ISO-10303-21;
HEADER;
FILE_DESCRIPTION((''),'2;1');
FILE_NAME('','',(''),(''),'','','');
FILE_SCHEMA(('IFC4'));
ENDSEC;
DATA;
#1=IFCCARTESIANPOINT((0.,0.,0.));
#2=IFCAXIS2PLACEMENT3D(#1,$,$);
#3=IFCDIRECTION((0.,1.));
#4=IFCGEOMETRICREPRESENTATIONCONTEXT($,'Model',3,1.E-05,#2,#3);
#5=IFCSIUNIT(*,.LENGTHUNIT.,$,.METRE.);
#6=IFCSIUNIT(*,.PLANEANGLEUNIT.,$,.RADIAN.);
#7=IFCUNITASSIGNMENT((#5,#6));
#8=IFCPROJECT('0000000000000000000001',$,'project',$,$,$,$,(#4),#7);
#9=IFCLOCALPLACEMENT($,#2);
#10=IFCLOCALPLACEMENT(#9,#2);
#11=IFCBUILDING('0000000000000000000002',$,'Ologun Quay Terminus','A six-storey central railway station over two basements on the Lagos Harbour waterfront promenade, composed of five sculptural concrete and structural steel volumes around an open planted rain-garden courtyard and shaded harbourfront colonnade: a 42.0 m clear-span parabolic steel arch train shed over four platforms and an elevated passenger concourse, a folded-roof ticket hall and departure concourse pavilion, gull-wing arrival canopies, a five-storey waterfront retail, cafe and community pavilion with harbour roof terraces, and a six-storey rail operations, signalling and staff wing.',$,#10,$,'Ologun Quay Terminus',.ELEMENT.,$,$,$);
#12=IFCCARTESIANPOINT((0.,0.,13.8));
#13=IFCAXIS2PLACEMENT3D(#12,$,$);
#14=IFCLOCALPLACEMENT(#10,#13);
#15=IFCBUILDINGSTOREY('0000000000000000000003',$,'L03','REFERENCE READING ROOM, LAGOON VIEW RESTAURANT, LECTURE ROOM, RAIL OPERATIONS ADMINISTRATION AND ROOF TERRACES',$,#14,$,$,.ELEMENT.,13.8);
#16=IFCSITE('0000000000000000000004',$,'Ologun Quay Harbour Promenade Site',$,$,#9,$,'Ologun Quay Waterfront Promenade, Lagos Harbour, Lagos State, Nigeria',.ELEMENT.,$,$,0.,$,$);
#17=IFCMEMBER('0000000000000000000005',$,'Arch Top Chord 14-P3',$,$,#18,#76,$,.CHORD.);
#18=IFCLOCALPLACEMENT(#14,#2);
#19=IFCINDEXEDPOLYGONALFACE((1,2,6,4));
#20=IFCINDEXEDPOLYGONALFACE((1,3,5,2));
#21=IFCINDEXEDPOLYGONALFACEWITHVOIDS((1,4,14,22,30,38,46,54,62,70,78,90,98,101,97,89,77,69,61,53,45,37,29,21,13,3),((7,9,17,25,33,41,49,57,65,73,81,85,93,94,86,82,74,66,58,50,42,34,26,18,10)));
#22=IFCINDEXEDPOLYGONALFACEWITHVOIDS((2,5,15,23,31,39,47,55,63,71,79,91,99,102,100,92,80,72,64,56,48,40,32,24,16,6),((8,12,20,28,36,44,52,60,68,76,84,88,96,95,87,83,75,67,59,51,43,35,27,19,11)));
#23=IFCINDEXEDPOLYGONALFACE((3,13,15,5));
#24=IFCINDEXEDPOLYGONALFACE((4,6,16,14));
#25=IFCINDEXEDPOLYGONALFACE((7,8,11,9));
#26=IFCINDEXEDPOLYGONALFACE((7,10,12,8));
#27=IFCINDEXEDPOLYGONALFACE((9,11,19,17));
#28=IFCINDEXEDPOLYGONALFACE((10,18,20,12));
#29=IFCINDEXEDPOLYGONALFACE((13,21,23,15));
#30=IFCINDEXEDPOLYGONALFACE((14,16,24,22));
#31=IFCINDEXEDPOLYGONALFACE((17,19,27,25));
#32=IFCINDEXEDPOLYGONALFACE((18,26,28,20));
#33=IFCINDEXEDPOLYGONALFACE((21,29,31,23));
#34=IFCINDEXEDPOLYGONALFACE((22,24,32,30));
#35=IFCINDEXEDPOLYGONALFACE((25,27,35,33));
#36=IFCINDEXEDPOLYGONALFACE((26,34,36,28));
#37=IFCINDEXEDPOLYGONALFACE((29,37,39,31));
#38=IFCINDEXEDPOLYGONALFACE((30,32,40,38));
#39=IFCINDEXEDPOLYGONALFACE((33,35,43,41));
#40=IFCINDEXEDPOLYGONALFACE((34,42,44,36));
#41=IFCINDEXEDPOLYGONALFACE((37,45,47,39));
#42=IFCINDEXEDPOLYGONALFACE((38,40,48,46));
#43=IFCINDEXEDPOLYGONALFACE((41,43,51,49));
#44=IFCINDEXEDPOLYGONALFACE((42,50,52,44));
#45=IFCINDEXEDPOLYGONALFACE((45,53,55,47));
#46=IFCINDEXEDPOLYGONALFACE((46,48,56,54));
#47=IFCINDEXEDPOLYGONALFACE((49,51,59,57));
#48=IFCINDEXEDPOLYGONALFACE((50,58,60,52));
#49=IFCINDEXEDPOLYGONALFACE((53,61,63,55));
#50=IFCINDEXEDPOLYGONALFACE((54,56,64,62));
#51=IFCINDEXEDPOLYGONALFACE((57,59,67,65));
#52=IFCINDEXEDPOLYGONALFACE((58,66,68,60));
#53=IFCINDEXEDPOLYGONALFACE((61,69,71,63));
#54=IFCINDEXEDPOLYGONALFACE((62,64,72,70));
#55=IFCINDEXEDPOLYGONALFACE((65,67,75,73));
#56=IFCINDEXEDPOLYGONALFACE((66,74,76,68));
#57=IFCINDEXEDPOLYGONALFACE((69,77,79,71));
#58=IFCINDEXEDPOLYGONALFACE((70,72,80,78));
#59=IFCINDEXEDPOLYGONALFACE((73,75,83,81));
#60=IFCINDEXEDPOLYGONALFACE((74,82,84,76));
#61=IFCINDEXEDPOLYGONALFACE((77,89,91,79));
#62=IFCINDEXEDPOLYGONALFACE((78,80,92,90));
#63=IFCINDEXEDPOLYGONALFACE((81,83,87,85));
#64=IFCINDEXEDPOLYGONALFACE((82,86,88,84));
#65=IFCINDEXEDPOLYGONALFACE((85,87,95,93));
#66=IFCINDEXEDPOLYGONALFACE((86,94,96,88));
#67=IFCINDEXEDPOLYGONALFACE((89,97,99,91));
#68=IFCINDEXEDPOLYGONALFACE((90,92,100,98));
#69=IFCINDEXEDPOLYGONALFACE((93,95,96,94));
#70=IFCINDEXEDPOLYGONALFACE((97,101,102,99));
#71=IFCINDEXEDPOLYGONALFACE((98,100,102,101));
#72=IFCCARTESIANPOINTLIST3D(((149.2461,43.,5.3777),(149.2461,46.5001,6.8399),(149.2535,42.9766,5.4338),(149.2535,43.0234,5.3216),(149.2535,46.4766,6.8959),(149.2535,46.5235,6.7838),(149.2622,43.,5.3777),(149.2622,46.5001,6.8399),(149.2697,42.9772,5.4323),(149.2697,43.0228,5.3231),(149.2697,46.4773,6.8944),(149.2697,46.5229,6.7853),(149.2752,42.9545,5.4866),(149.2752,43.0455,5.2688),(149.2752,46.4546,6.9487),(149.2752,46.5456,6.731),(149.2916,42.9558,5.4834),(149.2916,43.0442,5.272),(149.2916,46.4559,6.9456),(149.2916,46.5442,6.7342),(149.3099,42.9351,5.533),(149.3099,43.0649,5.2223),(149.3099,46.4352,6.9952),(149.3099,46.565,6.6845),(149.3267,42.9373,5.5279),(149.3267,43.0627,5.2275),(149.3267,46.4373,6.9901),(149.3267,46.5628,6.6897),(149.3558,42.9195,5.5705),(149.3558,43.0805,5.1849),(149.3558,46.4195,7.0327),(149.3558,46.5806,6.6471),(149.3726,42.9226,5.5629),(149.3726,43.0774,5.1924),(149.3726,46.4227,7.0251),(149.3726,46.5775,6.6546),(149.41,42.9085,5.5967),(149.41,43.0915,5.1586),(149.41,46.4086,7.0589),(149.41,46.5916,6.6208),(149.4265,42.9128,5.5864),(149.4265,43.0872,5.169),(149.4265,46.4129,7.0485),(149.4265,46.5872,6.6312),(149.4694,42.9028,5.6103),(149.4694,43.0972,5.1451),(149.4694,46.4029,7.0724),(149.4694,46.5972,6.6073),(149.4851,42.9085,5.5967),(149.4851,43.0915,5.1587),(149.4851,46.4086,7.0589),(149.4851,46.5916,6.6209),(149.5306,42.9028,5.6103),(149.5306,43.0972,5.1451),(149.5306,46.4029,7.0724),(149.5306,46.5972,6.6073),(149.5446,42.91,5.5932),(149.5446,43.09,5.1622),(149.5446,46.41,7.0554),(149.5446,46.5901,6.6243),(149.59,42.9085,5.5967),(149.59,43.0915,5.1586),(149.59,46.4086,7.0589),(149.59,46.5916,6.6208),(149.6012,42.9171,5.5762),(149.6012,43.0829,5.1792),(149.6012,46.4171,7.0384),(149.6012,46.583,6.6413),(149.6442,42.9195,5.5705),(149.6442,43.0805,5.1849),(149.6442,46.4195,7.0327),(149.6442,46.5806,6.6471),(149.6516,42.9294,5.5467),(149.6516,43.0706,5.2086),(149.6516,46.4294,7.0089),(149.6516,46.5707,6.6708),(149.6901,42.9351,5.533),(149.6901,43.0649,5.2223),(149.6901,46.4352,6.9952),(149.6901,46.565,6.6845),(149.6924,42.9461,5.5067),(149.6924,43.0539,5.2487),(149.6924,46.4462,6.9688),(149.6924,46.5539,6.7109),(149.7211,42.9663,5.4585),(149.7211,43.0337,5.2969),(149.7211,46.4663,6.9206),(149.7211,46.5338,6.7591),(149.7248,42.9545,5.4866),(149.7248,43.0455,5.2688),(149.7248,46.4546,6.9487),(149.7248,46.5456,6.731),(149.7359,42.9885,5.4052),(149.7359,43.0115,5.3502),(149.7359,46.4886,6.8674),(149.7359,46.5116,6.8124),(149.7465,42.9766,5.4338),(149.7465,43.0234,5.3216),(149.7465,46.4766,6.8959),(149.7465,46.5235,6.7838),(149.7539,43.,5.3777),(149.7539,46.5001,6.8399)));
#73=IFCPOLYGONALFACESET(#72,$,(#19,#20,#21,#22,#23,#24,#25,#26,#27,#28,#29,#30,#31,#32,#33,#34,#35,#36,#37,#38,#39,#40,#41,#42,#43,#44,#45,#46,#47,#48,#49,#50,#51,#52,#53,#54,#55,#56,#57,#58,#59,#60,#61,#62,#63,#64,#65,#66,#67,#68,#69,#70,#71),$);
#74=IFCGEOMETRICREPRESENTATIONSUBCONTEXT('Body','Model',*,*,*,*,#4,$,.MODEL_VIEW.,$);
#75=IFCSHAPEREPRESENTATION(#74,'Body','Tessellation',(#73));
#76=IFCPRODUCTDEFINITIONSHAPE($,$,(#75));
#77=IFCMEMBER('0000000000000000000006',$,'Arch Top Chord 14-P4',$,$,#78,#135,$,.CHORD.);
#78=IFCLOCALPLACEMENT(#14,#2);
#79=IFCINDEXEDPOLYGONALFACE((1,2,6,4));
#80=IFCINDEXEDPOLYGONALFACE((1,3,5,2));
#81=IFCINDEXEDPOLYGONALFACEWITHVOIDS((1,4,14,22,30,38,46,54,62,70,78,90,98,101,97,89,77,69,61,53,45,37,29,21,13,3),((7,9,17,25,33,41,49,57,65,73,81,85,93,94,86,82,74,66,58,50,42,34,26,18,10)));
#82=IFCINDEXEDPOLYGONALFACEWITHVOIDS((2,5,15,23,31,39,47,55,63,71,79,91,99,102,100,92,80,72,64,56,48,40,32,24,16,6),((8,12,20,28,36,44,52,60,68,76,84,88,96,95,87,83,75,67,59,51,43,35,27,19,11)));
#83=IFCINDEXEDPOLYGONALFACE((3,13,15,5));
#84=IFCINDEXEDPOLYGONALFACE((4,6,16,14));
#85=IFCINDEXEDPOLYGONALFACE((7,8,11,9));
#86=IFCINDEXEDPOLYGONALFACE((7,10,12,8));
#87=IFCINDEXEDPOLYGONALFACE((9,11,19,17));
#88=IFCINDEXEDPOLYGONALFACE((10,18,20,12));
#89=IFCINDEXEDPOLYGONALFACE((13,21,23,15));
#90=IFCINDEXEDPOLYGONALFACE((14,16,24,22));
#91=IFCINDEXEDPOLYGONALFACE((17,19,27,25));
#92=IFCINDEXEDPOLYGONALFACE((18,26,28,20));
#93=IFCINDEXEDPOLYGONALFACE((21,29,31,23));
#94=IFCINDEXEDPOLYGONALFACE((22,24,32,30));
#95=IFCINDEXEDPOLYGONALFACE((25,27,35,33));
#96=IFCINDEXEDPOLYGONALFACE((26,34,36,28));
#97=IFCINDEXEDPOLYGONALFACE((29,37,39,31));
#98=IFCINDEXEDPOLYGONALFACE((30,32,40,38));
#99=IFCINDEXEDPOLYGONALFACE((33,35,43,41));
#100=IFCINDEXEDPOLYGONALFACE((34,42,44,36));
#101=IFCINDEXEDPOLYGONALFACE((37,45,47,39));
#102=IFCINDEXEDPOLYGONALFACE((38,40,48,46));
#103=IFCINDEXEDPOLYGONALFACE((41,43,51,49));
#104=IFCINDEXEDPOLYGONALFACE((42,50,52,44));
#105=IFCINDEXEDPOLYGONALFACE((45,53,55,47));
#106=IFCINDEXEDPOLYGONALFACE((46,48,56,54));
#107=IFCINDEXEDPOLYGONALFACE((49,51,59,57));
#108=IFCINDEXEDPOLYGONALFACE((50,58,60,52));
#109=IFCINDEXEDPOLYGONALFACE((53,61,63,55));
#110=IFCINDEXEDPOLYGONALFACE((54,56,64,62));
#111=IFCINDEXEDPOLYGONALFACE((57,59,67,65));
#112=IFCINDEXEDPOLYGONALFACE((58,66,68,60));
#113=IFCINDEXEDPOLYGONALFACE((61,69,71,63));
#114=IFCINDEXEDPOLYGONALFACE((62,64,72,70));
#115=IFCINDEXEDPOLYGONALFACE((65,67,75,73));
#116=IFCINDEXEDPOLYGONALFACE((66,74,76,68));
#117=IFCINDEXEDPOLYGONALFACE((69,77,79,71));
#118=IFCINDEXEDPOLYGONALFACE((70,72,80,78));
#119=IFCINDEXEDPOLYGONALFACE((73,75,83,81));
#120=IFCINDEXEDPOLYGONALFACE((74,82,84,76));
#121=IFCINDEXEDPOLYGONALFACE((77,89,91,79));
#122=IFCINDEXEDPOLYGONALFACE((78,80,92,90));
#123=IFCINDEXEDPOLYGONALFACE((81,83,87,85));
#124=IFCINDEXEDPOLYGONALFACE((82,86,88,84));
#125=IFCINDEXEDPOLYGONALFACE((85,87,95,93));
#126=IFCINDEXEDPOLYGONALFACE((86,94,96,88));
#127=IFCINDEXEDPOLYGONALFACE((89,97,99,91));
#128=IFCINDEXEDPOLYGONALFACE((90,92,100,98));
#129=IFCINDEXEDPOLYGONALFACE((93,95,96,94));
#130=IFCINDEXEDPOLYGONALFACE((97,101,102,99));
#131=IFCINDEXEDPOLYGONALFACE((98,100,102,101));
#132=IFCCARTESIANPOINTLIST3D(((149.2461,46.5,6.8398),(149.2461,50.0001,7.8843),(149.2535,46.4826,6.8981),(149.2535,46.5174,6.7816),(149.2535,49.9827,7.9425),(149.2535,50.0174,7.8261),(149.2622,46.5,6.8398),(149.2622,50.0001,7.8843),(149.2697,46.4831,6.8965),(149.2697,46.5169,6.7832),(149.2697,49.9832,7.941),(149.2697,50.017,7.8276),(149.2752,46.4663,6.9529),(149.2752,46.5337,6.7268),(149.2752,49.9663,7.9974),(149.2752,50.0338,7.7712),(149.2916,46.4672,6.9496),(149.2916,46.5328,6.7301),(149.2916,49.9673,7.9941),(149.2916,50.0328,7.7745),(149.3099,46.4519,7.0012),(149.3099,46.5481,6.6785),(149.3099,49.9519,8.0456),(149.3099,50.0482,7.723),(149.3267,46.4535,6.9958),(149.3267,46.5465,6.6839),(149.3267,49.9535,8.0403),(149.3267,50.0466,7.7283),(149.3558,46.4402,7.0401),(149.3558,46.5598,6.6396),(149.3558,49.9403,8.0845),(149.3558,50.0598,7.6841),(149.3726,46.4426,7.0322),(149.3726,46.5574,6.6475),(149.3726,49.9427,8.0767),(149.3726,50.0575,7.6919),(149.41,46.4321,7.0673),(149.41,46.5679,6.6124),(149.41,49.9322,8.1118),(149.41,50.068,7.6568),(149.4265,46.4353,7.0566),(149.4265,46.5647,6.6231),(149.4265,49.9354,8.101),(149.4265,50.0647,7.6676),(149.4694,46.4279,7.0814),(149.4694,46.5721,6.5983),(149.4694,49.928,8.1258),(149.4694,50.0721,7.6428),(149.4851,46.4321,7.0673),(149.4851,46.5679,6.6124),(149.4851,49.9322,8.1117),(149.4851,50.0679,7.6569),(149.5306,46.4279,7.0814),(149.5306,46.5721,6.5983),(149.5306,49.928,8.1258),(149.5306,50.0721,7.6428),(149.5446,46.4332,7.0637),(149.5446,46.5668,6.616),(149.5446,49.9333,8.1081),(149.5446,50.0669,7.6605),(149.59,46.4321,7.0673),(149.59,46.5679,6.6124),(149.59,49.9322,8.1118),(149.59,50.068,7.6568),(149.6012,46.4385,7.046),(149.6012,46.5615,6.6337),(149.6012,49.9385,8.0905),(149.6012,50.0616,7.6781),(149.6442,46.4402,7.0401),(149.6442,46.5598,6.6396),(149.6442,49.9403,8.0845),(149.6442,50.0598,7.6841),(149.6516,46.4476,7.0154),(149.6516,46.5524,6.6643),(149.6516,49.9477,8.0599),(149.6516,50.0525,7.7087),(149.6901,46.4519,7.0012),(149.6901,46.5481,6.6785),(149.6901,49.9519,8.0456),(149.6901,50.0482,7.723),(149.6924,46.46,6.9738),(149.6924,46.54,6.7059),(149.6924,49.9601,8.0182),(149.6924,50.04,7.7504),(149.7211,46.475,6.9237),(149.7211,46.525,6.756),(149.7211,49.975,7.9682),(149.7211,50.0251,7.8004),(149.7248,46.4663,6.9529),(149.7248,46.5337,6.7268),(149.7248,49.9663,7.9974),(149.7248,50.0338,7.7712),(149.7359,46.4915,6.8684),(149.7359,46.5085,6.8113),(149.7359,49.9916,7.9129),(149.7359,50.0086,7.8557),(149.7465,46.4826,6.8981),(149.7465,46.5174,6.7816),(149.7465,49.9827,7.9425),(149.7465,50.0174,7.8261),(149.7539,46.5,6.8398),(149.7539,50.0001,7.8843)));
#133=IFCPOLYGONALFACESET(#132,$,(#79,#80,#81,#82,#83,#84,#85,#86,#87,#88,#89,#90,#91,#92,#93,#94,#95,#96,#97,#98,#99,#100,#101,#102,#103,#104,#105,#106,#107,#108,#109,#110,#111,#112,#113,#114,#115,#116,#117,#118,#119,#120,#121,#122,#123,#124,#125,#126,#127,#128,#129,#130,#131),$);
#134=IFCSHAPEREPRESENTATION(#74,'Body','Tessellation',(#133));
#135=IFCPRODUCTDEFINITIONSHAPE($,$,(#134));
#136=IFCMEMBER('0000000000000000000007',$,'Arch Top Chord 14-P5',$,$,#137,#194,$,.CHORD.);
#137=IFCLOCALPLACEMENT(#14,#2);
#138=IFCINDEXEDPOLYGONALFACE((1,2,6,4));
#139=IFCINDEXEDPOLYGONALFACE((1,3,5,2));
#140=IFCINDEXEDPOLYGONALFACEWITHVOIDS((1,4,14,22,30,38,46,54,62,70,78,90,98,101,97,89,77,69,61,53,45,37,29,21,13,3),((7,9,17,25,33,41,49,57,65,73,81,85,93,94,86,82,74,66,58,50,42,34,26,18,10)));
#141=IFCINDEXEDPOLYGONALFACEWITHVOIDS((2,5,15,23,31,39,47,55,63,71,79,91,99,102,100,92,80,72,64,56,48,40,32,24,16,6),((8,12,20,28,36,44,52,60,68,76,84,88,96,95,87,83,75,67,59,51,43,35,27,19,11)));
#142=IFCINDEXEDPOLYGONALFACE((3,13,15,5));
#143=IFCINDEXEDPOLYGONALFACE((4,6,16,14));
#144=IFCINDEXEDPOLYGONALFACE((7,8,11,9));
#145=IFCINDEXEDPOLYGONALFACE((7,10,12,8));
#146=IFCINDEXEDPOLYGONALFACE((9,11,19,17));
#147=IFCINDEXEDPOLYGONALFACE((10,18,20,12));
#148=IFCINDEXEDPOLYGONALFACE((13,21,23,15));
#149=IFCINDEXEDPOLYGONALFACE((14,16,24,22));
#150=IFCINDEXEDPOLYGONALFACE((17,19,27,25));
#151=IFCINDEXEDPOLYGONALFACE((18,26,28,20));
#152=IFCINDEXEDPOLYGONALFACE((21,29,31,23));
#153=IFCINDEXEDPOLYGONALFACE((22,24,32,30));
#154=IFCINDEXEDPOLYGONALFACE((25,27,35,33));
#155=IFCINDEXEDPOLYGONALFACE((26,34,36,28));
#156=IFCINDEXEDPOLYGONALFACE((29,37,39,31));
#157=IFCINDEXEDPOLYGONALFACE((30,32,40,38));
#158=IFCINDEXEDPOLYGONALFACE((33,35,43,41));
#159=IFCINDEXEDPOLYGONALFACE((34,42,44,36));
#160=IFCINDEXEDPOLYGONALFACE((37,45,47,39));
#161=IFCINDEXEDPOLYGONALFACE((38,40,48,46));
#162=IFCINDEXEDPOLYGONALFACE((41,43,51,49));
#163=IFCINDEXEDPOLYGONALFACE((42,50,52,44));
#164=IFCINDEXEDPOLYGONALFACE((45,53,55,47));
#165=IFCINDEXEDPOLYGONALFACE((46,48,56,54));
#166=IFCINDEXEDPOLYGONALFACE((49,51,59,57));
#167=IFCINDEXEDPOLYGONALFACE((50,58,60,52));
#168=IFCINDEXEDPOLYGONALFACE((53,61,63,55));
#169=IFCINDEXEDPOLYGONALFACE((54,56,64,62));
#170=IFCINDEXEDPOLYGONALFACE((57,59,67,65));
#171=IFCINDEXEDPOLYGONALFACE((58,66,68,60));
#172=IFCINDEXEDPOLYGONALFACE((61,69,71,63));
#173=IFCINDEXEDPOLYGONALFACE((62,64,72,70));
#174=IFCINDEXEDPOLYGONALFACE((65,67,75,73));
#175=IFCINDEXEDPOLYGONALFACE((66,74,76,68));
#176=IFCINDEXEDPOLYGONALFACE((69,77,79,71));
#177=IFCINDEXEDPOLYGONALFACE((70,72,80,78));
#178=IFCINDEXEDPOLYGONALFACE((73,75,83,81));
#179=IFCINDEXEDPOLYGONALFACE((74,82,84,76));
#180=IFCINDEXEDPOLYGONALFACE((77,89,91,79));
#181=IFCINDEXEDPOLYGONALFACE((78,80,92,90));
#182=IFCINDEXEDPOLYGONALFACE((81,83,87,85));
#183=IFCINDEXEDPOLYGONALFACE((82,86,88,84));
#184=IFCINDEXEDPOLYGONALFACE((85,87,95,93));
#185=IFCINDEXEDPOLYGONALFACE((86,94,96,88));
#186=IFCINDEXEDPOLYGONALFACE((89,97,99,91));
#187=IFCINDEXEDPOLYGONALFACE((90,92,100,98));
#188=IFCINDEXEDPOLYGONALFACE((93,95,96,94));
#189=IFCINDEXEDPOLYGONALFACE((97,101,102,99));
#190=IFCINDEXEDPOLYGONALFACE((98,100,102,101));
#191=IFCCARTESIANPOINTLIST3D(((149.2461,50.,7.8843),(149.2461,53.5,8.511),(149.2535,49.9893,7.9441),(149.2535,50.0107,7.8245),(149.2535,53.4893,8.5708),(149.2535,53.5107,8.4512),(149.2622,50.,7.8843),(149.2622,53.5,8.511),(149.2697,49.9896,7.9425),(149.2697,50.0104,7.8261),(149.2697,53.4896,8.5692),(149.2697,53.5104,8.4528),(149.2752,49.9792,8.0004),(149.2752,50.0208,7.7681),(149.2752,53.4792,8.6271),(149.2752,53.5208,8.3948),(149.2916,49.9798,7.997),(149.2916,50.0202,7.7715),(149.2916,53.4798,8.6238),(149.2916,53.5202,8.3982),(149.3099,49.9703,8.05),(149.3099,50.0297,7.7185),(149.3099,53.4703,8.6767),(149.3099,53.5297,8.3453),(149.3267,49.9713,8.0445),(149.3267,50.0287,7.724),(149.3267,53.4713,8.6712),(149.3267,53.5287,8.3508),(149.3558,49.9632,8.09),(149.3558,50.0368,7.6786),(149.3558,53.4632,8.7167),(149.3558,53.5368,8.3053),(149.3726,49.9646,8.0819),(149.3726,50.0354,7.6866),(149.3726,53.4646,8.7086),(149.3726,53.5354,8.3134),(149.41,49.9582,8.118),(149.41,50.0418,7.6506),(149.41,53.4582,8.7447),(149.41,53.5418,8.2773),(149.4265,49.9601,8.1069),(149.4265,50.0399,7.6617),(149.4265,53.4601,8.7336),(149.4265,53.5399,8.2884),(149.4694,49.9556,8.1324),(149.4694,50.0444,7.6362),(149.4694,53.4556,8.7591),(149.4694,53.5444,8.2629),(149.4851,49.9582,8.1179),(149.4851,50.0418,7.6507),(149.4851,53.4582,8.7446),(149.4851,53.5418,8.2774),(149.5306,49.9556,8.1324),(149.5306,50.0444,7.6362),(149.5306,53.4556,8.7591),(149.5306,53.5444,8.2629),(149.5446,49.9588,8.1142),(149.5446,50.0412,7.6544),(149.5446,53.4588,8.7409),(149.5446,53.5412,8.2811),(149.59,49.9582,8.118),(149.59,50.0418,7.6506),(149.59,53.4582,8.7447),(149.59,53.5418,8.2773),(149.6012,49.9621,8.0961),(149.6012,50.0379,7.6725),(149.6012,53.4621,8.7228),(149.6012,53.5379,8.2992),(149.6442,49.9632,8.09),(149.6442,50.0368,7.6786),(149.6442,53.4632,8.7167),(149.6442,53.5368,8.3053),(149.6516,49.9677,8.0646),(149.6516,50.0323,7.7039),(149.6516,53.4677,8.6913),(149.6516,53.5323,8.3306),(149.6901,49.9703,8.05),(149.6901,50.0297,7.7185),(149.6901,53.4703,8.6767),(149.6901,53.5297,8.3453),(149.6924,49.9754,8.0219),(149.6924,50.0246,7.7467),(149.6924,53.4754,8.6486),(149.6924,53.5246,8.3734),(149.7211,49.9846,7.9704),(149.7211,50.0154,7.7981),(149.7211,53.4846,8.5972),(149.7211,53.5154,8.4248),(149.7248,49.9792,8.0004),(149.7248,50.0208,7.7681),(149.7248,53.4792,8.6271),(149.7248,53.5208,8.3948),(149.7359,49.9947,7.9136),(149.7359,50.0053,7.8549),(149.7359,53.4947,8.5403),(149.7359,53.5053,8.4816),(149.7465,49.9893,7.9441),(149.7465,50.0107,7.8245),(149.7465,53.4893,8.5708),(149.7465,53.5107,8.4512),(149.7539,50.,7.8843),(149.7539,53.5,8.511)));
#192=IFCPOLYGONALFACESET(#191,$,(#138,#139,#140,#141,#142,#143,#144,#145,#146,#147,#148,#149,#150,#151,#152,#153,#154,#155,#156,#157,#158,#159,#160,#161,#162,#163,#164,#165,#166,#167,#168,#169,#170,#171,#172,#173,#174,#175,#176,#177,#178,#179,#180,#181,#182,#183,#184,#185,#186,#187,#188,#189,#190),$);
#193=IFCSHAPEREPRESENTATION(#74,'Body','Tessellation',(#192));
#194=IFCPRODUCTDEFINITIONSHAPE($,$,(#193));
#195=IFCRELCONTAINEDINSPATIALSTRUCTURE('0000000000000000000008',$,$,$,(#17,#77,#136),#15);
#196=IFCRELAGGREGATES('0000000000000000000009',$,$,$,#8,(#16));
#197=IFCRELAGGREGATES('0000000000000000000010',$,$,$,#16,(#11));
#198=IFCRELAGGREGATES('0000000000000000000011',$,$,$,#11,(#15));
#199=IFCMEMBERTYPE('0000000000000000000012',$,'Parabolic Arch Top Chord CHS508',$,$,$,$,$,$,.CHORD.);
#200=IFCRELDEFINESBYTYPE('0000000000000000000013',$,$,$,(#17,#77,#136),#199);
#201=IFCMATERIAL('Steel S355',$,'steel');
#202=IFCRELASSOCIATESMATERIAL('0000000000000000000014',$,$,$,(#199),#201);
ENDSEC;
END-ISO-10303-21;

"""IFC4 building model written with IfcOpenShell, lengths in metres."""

from ifc_helpers import new_model, si_unit, direction, frame, origin, origin_2d, place, context, subcontext, project, spatial, hollow_circle, extrude, material, material_profile, profile_set, type_object, element, save


model = new_model("IFC4")

# Units and contexts
model_context = context("Model", 3, precision=1e-05, world=origin(), true_north=direction((0.0, 1.0)))
body_context = subcontext(model_context, "Body", "Model", "MODEL_VIEW")
ifc_project = project(units=[si_unit("LENGTHUNIT", "METRE"), si_unit("PLANEANGLEUNIT", "RADIAN")], contexts=[model_context])

# Site, building, storey
site_placement = place(None, origin())
site = spatial("IfcSite", under=ifc_project, at=site_placement, Name="Ologun Quay Harbour Promenade Site", LongName="Ologun Quay Waterfront Promenade, Lagos Harbour, Lagos State, Nigeria", CompositionType="ELEMENT", RefElevation=0.0)
building_placement = place(site_placement, origin())
building = spatial("IfcBuilding", under=site, at=building_placement, Name="Ologun Quay Terminus", Description="A six-storey central railway station over two basements on the Lagos Harbour waterfront promenade, composed of five sculptural concrete and structural steel volumes around an open planted rain-garden courtyard and shaded harbourfront colonnade: a 42.0 m clear-span parabolic steel arch train shed over four platforms and an elevated passenger concourse, a folded-roof ticket hall and departure concourse pavilion, gull-wing arrival canopies, a five-storey waterfront retail, cafe and community pavilion with harbour roof terraces, and a six-storey rail operations, signalling and staff wing.", LongName="Ologun Quay Terminus", CompositionType="ELEMENT")
storey_placement = place(building_placement, frame((0.0, 0.0, 13.8)))
storey = spatial("IfcBuildingStorey", under=building, at=storey_placement, Name="L03", Description="REFERENCE READING ROOM, LAGOON VIEW RESTAURANT, LECTURE ROOM, RAIL OPERATIONS ADMINISTRATION AND ROOF TERRACES", CompositionType="ELEMENT", Elevation=13.8)

# Members
ifc_material_1 = material(Name="Steel S355", Category="steel")
ifc_material_profile_1 = material_profile(ifc_material_1, hollow_circle(Radius=0.2539, WallThickness=0.0161, at=origin_2d()), Name="CHS 508x16")
ifc_profile_set_1 = profile_set([ifc_material_profile_1], Name="Steel S355")
member_type_1 = type_object("IfcMemberType", Name="Parabolic Arch Top Chord CHS508", PredefinedType="CHORD", material=ifc_profile_set_1)
member_1_placement = place(storey_placement, frame((149.5, 43.0, 5.3777), z_axis=(0.0, 0.922719, 0.385474), x_axis=(-1.0, 0.0, 0.0)))
element("IfcMember", 1, at=member_1_placement, inside=storey, type_object=member_type_1, Name="Arch Top Chord 14-P3", PredefinedType="CHORD", context=body_context, shape_type="SweptSolid", body=[
    extrude(hollow_circle(Radius=0.2539, WallThickness=0.0161, at=origin_2d()), origin(), (0.0, 0.0, 1.0), 3.7932),
])
member_2_placement = place(storey_placement, frame((149.5, 46.5, 6.8398), z_axis=(0.0, 0.958245, 0.285949), x_axis=(-1.0, 0.0, 0.0)))
element("IfcMember", 2, at=member_2_placement, inside=storey, type_object=member_type_1, Name="Arch Top Chord 14-P4", PredefinedType="CHORD", context=body_context, shape_type="SweptSolid", body=[
    extrude(hollow_circle(Radius=0.2539, WallThickness=0.0161, at=origin_2d()), origin(), (0.0, 0.0, 1.0), 3.6526),
])
member_3_placement = place(storey_placement, frame((149.5, 50.0, 7.8843), z_axis=(0.0, 0.984344, 0.176256), x_axis=(-1.0, 0.0, 0.0)))
element("IfcMember", 3, at=member_3_placement, inside=storey, type_object=member_type_1, Name="Arch Top Chord 14-P5", PredefinedType="CHORD", context=body_context, shape_type="SweptSolid", body=[
    extrude(hollow_circle(Radius=0.2539, WallThickness=0.0161, at=origin_2d()), origin(), (0.0, 0.0, 1.0), 3.5557),
])

save(model, "model.ifc")
